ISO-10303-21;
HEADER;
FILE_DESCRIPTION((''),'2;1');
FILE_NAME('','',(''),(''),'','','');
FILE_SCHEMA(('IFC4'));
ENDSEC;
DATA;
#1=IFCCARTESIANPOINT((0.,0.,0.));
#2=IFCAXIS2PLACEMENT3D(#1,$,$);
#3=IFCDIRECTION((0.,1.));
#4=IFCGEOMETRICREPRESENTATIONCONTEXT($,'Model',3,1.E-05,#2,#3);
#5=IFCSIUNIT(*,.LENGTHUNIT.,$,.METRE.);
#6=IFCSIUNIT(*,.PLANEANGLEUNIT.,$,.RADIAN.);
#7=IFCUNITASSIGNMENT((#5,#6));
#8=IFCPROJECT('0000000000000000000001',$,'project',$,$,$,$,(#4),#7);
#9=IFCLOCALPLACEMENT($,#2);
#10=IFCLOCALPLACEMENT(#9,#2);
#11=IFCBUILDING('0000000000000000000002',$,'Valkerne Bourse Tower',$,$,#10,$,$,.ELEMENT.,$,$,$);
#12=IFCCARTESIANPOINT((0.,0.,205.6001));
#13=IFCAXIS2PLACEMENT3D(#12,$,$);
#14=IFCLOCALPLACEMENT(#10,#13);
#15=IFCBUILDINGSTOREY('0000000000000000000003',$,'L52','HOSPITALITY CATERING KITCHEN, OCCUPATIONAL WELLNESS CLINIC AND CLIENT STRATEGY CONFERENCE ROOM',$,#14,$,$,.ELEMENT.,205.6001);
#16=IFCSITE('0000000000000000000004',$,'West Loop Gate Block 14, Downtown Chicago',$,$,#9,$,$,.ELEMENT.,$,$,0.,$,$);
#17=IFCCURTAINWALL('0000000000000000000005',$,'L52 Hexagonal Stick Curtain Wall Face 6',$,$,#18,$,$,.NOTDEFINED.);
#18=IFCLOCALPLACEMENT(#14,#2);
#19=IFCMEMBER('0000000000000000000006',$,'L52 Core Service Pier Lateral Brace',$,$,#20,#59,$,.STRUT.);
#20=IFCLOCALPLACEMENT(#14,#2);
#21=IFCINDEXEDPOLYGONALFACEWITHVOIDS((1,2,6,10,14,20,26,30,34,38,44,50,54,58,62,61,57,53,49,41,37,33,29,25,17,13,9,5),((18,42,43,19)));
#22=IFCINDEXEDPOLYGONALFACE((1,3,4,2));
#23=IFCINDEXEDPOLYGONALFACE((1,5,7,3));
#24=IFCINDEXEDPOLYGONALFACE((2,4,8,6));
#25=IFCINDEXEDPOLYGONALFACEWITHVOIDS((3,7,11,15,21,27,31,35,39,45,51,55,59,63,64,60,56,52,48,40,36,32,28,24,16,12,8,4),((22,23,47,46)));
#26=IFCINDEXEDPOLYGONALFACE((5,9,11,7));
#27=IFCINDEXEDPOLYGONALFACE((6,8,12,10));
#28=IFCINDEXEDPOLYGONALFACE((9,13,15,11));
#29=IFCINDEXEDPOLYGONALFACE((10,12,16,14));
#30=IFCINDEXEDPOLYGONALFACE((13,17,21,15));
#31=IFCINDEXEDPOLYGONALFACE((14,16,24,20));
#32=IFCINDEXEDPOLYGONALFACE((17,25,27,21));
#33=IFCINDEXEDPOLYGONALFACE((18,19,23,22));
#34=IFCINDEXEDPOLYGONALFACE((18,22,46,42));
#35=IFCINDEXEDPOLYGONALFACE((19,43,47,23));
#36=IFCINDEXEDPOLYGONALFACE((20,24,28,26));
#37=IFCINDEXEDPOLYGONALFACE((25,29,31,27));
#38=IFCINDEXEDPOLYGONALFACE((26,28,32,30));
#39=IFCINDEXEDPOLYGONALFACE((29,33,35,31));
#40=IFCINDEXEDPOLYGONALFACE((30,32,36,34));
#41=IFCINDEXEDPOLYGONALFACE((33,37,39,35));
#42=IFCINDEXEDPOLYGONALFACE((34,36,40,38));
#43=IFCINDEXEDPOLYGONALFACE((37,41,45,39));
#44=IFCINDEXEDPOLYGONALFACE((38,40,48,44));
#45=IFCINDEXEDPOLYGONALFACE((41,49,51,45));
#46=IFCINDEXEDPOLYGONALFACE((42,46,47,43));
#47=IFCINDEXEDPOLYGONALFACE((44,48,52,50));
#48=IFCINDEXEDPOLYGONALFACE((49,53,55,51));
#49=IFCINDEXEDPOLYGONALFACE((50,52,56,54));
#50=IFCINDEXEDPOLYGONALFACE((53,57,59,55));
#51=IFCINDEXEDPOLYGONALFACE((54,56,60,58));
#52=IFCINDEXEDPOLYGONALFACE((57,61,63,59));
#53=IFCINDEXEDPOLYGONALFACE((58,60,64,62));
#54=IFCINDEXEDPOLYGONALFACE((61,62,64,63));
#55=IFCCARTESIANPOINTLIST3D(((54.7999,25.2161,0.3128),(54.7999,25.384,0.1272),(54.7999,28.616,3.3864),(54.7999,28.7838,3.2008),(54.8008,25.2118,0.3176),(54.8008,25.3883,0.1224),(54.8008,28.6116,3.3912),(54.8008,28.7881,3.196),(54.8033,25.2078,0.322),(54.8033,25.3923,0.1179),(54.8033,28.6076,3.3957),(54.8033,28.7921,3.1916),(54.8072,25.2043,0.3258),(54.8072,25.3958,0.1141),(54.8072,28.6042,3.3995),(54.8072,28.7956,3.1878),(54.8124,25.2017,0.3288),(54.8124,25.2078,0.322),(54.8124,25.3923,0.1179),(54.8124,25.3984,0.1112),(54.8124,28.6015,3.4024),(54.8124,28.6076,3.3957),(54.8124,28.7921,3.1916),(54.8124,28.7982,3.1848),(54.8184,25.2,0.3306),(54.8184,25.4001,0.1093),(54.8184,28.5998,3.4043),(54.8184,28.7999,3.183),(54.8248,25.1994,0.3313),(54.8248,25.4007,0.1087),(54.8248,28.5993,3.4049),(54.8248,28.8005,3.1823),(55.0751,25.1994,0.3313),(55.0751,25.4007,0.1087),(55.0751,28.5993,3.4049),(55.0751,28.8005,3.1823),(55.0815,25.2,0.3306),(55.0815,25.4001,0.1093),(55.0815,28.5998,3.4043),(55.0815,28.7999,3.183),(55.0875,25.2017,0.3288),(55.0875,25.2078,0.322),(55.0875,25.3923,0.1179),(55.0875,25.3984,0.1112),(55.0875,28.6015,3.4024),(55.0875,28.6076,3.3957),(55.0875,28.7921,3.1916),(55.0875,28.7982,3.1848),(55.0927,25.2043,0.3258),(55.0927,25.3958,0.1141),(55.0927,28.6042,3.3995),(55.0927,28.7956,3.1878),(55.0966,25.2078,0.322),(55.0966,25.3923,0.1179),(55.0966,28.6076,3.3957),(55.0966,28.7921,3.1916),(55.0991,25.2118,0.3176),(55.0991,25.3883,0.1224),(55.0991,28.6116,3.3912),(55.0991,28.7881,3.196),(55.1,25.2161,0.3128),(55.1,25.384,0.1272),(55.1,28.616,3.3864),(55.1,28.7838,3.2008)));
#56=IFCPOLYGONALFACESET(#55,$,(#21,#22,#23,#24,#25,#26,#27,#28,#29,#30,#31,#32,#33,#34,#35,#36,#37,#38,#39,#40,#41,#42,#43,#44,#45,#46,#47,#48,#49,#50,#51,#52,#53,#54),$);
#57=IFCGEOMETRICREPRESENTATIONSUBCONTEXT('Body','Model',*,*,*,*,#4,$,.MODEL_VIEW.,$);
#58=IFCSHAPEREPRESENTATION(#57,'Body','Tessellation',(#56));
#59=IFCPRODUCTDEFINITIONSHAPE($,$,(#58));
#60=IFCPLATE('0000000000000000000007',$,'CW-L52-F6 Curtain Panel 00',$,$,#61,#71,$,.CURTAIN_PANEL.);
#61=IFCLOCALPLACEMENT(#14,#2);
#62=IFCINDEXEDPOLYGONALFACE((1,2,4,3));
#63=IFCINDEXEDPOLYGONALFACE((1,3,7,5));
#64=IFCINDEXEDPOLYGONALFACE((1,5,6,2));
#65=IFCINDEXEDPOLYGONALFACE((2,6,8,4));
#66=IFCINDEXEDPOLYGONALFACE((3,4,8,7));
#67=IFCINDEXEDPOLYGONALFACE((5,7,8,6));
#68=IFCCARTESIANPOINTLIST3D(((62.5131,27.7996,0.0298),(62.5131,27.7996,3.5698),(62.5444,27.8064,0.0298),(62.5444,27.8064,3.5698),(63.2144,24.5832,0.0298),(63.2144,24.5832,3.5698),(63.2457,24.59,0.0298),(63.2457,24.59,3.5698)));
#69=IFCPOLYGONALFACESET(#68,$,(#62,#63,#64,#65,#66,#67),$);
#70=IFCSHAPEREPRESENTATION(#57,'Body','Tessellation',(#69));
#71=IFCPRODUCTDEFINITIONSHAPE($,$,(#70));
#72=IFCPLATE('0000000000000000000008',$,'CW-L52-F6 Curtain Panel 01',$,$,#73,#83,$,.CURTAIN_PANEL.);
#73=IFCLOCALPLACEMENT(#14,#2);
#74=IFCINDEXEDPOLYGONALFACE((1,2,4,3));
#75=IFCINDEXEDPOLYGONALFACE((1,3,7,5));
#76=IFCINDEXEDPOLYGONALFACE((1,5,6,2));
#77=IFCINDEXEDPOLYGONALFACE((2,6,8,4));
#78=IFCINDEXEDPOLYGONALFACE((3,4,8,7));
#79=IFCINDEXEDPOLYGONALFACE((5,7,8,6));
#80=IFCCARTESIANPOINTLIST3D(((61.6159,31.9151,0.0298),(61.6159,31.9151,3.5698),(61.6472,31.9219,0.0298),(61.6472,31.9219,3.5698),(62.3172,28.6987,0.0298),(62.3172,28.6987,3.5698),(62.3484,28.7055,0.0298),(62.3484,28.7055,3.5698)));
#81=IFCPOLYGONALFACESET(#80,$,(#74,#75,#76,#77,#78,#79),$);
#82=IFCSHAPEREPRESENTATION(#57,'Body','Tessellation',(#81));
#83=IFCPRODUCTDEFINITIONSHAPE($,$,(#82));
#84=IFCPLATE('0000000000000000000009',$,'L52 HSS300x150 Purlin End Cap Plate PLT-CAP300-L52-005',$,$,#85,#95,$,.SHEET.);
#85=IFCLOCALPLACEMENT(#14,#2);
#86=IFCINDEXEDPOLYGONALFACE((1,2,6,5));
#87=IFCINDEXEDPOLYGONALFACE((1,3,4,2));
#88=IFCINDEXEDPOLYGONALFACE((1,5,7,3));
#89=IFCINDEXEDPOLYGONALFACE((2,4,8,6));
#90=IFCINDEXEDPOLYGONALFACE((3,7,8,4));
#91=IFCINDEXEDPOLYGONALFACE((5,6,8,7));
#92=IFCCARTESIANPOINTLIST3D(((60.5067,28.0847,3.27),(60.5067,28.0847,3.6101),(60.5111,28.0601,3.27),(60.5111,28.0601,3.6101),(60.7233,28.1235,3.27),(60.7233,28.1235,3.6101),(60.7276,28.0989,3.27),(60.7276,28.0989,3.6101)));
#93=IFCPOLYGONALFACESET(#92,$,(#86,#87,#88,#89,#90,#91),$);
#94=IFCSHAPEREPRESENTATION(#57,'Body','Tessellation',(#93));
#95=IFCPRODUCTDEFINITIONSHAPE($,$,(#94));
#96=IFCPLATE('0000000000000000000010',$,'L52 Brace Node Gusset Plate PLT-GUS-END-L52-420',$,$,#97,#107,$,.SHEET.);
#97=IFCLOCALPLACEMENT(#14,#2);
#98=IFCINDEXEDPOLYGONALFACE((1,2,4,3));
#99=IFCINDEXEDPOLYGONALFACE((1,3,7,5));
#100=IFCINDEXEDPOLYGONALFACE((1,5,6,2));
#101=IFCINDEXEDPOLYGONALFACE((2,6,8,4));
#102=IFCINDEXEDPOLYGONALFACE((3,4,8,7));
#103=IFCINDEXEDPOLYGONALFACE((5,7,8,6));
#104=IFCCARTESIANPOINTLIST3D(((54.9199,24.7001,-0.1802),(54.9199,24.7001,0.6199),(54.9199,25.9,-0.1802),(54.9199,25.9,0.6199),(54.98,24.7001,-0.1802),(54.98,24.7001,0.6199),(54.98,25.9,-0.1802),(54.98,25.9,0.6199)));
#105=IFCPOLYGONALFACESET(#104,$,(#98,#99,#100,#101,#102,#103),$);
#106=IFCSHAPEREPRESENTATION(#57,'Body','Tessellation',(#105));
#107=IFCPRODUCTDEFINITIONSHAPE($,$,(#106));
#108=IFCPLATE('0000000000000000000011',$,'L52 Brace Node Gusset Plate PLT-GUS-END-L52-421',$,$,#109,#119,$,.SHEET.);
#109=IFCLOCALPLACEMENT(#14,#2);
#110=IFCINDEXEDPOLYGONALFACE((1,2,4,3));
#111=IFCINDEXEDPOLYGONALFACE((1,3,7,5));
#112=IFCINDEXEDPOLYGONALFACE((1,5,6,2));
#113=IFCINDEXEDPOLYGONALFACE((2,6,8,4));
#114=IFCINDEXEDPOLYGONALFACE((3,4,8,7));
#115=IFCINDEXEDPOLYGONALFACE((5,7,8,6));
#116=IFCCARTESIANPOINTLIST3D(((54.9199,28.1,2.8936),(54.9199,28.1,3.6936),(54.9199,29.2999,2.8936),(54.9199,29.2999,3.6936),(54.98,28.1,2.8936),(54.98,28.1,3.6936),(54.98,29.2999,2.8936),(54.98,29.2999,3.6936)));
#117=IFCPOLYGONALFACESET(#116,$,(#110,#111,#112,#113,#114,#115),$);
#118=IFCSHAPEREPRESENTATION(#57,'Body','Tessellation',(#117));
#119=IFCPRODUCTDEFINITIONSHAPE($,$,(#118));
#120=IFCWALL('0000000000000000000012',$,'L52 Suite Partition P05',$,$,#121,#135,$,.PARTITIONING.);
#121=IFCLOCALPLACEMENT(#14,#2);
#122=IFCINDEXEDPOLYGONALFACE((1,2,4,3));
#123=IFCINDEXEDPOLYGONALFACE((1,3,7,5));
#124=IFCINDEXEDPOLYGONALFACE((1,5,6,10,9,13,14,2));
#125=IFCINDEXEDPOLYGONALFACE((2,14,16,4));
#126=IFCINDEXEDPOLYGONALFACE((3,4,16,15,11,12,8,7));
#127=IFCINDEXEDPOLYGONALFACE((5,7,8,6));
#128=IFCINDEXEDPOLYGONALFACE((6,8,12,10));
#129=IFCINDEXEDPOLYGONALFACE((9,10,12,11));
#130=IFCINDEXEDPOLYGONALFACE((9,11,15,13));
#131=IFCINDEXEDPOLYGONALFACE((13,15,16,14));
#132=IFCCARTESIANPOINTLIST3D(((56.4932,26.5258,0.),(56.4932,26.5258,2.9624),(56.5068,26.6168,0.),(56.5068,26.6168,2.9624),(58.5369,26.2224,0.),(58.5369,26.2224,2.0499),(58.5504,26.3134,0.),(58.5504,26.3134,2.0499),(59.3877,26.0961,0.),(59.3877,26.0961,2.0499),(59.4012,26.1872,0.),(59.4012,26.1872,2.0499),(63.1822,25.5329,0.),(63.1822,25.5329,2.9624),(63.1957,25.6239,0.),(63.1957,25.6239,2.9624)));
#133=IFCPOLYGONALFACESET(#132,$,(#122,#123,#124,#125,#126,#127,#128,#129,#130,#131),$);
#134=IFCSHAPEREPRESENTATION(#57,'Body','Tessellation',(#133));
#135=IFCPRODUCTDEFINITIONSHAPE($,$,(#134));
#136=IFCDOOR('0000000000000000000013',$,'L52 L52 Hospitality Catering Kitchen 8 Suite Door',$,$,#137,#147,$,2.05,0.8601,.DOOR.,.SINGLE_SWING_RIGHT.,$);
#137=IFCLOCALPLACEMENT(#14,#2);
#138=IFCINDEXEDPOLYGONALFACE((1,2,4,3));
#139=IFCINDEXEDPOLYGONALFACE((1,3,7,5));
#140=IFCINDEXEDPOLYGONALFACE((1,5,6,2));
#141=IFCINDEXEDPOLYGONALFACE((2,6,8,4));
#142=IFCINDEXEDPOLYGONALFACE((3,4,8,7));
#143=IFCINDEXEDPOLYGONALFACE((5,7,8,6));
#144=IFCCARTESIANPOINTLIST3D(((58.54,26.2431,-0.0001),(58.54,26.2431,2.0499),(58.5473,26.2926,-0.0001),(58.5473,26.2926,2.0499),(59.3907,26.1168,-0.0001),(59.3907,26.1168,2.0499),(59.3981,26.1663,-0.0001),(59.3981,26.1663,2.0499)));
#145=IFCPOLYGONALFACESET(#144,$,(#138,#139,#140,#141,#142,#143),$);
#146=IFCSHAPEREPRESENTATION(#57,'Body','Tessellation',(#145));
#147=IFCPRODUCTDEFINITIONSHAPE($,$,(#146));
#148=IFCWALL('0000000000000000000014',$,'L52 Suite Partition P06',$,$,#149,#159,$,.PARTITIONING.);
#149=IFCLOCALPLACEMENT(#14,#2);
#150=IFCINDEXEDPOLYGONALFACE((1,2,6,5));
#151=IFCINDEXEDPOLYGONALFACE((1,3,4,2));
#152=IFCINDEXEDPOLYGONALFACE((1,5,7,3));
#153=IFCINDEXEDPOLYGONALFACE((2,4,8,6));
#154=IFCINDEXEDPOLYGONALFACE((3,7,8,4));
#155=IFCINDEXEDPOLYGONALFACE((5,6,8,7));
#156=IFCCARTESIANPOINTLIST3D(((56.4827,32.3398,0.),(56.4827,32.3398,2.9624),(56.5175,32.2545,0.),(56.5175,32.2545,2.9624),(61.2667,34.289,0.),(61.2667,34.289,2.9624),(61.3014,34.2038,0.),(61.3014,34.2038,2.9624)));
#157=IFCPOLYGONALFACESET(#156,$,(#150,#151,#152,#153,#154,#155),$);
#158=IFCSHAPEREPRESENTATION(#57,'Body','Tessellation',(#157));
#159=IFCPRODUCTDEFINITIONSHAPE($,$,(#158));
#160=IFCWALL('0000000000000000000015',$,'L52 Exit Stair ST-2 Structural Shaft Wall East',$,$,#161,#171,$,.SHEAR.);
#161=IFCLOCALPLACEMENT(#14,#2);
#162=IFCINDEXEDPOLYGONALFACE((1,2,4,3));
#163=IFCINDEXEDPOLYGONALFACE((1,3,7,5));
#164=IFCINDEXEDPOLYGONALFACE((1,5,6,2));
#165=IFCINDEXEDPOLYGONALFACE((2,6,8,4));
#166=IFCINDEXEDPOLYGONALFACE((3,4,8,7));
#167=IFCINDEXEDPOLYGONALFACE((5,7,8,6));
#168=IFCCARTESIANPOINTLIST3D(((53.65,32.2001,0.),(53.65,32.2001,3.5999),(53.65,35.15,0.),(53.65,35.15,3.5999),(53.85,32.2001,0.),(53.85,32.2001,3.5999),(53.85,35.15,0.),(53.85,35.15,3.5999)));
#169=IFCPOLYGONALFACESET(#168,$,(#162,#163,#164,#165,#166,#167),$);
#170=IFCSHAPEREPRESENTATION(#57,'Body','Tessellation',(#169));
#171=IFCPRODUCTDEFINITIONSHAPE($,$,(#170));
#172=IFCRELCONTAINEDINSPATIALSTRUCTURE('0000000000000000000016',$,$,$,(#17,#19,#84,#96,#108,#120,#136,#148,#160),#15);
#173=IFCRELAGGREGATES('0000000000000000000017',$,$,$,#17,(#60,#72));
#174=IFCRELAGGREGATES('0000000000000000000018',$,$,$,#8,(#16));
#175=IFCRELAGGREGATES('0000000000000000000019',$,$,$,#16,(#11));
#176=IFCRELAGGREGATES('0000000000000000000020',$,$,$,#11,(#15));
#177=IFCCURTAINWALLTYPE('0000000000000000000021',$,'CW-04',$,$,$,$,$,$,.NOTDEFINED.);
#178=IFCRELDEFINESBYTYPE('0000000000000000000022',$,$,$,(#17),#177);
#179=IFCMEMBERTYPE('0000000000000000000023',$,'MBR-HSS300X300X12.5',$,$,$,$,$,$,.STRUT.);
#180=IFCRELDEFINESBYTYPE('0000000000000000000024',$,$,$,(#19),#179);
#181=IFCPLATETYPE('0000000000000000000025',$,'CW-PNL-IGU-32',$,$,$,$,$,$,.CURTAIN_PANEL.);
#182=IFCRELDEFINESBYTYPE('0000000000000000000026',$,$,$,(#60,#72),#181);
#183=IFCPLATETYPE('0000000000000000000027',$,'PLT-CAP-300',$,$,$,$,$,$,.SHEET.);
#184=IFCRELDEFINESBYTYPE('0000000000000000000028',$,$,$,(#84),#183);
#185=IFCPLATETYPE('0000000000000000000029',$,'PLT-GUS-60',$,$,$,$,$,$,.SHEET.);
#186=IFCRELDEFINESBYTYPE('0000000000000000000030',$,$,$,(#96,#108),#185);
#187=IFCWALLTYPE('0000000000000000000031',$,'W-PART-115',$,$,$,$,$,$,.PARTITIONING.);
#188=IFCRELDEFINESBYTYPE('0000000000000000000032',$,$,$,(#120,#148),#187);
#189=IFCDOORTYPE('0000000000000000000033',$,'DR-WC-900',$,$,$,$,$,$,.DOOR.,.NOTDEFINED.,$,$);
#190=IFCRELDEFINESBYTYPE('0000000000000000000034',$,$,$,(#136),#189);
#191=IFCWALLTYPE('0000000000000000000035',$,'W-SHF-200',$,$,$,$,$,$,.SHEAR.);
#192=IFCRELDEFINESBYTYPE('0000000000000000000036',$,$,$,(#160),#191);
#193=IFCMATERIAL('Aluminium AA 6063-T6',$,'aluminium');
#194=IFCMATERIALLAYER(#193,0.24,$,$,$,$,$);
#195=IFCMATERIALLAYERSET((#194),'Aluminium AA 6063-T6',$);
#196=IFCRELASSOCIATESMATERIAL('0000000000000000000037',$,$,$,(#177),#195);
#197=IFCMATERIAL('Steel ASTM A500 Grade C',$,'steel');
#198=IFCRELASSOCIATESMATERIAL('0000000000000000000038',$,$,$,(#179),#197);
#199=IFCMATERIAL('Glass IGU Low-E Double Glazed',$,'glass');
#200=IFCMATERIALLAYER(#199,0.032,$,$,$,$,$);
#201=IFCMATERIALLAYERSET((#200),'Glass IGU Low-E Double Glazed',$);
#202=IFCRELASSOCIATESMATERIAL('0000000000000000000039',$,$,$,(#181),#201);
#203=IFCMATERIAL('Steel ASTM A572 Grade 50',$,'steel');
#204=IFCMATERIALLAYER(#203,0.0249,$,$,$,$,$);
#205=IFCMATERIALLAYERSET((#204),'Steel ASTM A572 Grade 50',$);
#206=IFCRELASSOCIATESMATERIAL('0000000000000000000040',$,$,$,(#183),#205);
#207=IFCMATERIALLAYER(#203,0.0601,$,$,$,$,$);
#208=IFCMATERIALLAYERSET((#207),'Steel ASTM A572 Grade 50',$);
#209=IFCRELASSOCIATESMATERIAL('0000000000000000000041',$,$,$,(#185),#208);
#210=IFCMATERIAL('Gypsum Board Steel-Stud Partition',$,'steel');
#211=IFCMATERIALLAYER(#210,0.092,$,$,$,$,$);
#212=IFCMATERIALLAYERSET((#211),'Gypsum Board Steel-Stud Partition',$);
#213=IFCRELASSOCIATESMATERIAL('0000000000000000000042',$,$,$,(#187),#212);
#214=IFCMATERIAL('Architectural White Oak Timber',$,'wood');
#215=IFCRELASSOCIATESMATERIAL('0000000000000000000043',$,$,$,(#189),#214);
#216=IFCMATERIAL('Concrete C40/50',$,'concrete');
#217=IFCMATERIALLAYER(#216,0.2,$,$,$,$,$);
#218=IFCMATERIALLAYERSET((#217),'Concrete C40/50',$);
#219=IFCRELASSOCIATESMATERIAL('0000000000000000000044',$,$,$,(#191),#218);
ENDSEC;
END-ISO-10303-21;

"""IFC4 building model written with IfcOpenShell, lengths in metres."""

from ifc_helpers import new_model, si_unit, direction, frame, frame_2d, origin, origin_2d, place, context, subcontext, project, spatial, rectangle, hollow_rectangle, extrude, material, layer, layer_set, material_profile, profile_set, type_object, element, fill, aggregate, save


model = new_model("IFC4")

# Units and contexts
model_context = context("Model", 3, precision=1e-05, world=origin(), true_north=direction((0.0, 1.0)))
body_context = subcontext(model_context, "Body", "Model", "MODEL_VIEW")
ifc_project = project(units=[si_unit("LENGTHUNIT", "METRE"), si_unit("PLANEANGLEUNIT", "RADIAN")], contexts=[model_context])

# Site, building, storey
site_placement = place(None, origin())
site = spatial("IfcSite", under=ifc_project, at=site_placement, Name="West Loop Gate Block 14, Downtown Chicago", CompositionType="ELEMENT", RefElevation=0.0)
building_placement = place(site_placement, origin())
building = spatial("IfcBuilding", under=site, at=building_placement, Name="Valkerne Bourse Tower", CompositionType="ELEMENT")
storey_placement = place(building_placement, frame((0.0, 0.0, 205.6001)))
storey = spatial("IfcBuildingStorey", under=building, at=storey_placement, Name="L52", Description="HOSPITALITY CATERING KITCHEN, OCCUPATIONAL WELLNESS CLINIC AND CLIENT STRATEGY CONFERENCE ROOM", CompositionType="ELEMENT", Elevation=205.6001)

# Curtain wall
ifc_material_1 = material(Name="Aluminium AA 6063-T6", Category="aluminium")
ifc_layer_1 = layer(ifc_material_1, 0.24)
ifc_layer_set_1 = layer_set([ifc_layer_1], Name="Aluminium AA 6063-T6")
curtain_wall_type = type_object("IfcCurtainWallType", Name="CW-04", PredefinedType="NOTDEFINED", material=ifc_layer_set_1)
curtain_wall_placement = place(storey_placement, origin())
curtain_wall = element("IfcCurtainWall", 1, at=curtain_wall_placement, inside=storey, type_object=curtain_wall_type, Name="L52 Hexagonal Stick Curtain Wall Face 6", PredefinedType="NOTDEFINED")

# Member
ifc_material_2 = material(Name="Steel ASTM A500 Grade C", Category="steel")
ifc_material_profile_1 = material_profile(ifc_material_2, hollow_rectangle(XDim=0.3, YDim=0.3, WallThickness=0.0125, OuterFilletRadius=0.0249, at=origin_2d()), Name="HSS300X300X12.5")
ifc_profile_set_1 = profile_set([ifc_material_profile_1], Name="Steel ASTM A500 Grade C")
member_type_1 = type_object("IfcMemberType", Name="MBR-HSS300X300X12.5", PredefinedType="STRUT", material=ifc_profile_set_1)
member_1_placement = place(storey_placement, frame((54.95, 25.3, 0.22), z_axis=(0.0, 0.741793, 0.670629), x_axis=(-1.0, 0.0, 0.0)))
element("IfcMember", 2, at=member_1_placement, inside=storey, type_object=member_type_1, Name="L52 Core Service Pier Lateral Brace", PredefinedType="STRUT", context=body_context, shape_type="SweptSolid", body=[
    extrude(hollow_rectangle(XDim=0.3, YDim=0.3, WallThickness=0.0125, OuterFilletRadius=0.0249, at=origin_2d()), origin(), (0.0, 0.0, 1.0), 4.5833),
])

# Plates
ifc_material_3 = material(Name="Glass IGU Low-E Double Glazed", Category="glass")
ifc_layer_2 = layer(ifc_material_3, 0.032)
ifc_layer_set_2 = layer_set([ifc_layer_2], Name="Glass IGU Low-E Double Glazed")
plate_type_1 = type_object("IfcPlateType", Name="CW-PNL-IGU-32", PredefinedType="CURTAIN_PANEL", material=ifc_layer_set_2)
plate_1_placement = place(storey_placement, frame((62.8794, 26.1948, 0.0298), z_axis=(0.0, 0.0, 1.0), x_axis=(-0.213035, 0.977045, 0.0)))
plate_1 = element("IfcPlate", 3, at=plate_1_placement, type_object=plate_type_1, Name="CW-L52-F6 Curtain Panel 00", PredefinedType="CURTAIN_PANEL", context=body_context, shape_type="SweptSolid", body=[
    extrude(rectangle(XDim=3.292, YDim=0.032, at=origin_2d()), origin(), (0.0, 0.0, 1.0), 3.54),
])
plate_2_placement = place(storey_placement, frame((61.9822, 30.3103, 0.0298), z_axis=(0.0, 0.0, 1.0), x_axis=(-0.21303, 0.977046, 0.0)))
plate_2 = element("IfcPlate", 4, at=plate_2_placement, type_object=plate_type_1, Name="CW-L52-F6 Curtain Panel 01", PredefinedType="CURTAIN_PANEL", context=body_context, shape_type="SweptSolid", body=[
    extrude(rectangle(XDim=3.292, YDim=0.032, at=origin_2d()), origin(), (0.0, 0.0, 1.0), 3.54),
])
aggregate(curtain_wall, [plate_1, plate_2])

# Plates
ifc_material_4 = material(Name="Steel ASTM A572 Grade 50", Category="steel")
ifc_layer_3 = layer(ifc_material_4, 0.0249)
ifc_layer_set_3 = layer_set([ifc_layer_3], Name="Steel ASTM A572 Grade 50")
plate_type_2 = type_object("IfcPlateType", Name="PLT-CAP-300", PredefinedType="SHEET", material=ifc_layer_set_3)
plate_3_placement = place(storey_placement, frame((60.6172, 28.0918, 3.27), z_axis=(0.0, 0.0, 1.0), x_axis=(-0.176398, 0.984319, 0.0)))
element("IfcPlate", 5, at=plate_3_placement, inside=storey, type_object=plate_type_2, Name="L52 HSS300x150 Purlin End Cap Plate PLT-CAP300-L52-005", PredefinedType="SHEET", context=body_context, shape_type="SweptSolid", body=[
    extrude(rectangle(XDim=0.0249, YDim=0.22, at=origin_2d()), origin(), (0.0, 0.0, 1.0), 0.3401),
])
ifc_layer_4 = layer(ifc_material_4, 0.0601)
ifc_layer_set_4 = layer_set([ifc_layer_4], Name="Steel ASTM A572 Grade 50")
plate_type_3 = type_object("IfcPlateType", Name="PLT-GUS-60", PredefinedType="SHEET", material=ifc_layer_set_4)
for number, where, z_axis, x_axis, name in (
    (6, (54.95, 25.3, -0.1802), (0.0, 0.0, 1.0), (0.0, 1.0, 0.0), "L52 Brace Node Gusset Plate PLT-GUS-END-L52-420"),
    (7, (54.95, 28.7, 2.8936), (0.0, 0.0, 1.0), (0.0, 1.0, 0.0), "L52 Brace Node Gusset Plate PLT-GUS-END-L52-421"),
):
    element("IfcPlate", number, at=place(storey_placement, frame(where, z_axis=z_axis, x_axis=x_axis)), inside=storey, type_object=plate_type_3, Name=name, PredefinedType="SHEET", context=body_context, shape_type="SweptSolid", body=[
        extrude(rectangle(XDim=1.2, YDim=0.0601, at=origin_2d()), origin(), (0.0, 0.0, 1.0), 0.8),
    ])

# Wall, opening, door
ifc_material_5 = material(Name="Gypsum Board Steel-Stud Partition", Category="steel")
ifc_layer_5 = layer(ifc_material_5, 0.092)
ifc_layer_set_5 = layer_set([ifc_layer_5], Name="Gypsum Board Steel-Stud Partition")
wall_type_1 = type_object("IfcWallType", Name="W-PART-115", PredefinedType="PARTITIONING", material=ifc_layer_set_5)
wall_1_placement = place(storey_placement, frame((56.5, 26.5713, 0.0), z_axis=(0.0, 0.0, 1.0), x_axis=(0.989161, -0.146833, 0.0)))
wall_1 = element("IfcWall", 8, at=wall_1_placement, inside=storey, type_object=wall_type_1, Name="L52 Suite Partition P05", PredefinedType="PARTITIONING", context=body_context, shape_type="SweptSolid", body=[
    extrude(rectangle(XDim=6.7622, YDim=0.092, at=frame_2d((3.3811, 0.0))), origin(), (0.0, 0.0, 1.0), 2.9624),
])
opening_1_placement = place(wall_1_placement, frame((2.0659, 0.0, 0.0)))
opening_1 = element("IfcOpeningElement", 9, at=opening_1_placement, cuts=wall_1, PredefinedType="OPENING", context=body_context, shape_type="SweptSolid", body=[
    extrude(rectangle(XDim=0.8601, YDim=2.05, at=frame_2d((0.4302, 1.0249))), frame((0.0, 0.0559, 0.0), z_axis=(0.0, -1.0, 0.0), x_axis=(1.0, 0.0, 0.0)), (0.0, 0.0, 1.0), 0.1121),
])
ifc_material_6 = material(Name="Architectural White Oak Timber", Category="wood")
door_type_1 = type_object("IfcDoorType", Name="DR-WC-900", OperationType="NOTDEFINED", PredefinedType="DOOR", material=ifc_material_6)
door_1_placement = place(opening_1_placement, origin())
door_1 = element("IfcDoor", 10, at=door_1_placement, inside=storey, type_object=door_type_1, Name="L52 L52 Hospitality Catering Kitchen 8 Suite Door", OperationType="SINGLE_SWING_RIGHT", OverallHeight=2.05, OverallWidth=0.8601, PredefinedType="DOOR", context=body_context, shape_type="SweptSolid", body=[
    extrude(rectangle(XDim=0.8601, YDim=2.05, at=frame_2d((0.4302, 1.0249))), frame((0.0, 0.0249, 0.0), z_axis=(0.0, -1.0, 0.0), x_axis=(1.0, 0.0, 0.0)), (0.0, 0.0, 1.0), 0.05),
])
fill(opening_1, door_1)

# Walls
wall_2_placement = place(storey_placement, frame((56.5, 32.2971, 0.0), z_axis=(0.0, 0.0, 1.0), x_axis=(0.926078, 0.377331, 0.0)))
element("IfcWall", 11, at=wall_2_placement, inside=storey, type_object=wall_type_1, Name="L52 Suite Partition P06", PredefinedType="PARTITIONING", context=body_context, shape_type="SweptSolid", body=[
    extrude(rectangle(XDim=5.1658, YDim=0.092, at=frame_2d((2.583, 0.0))), origin(), (0.0, 0.0, 1.0), 2.9624),
])
ifc_material_7 = material(Name="Concrete C40/50", Category="concrete")
ifc_layer_6 = layer(ifc_material_7, 0.2)
ifc_layer_set_6 = layer_set([ifc_layer_6], Name="Concrete C40/50")
wall_type_2 = type_object("IfcWallType", Name="W-SHF-200", PredefinedType="SHEAR", material=ifc_layer_set_6)
wall_3_placement = place(storey_placement, frame((53.75, 32.2, 0.0), z_axis=(0.0, 0.0, 1.0), x_axis=(0.0, 1.0, 0.0)))
element("IfcWall", 12, at=wall_3_placement, inside=storey, type_object=wall_type_2, Name="L52 Exit Stair ST-2 Structural Shaft Wall East", PredefinedType="SHEAR", context=body_context, shape_type="SweptSolid", body=[
    extrude(rectangle(XDim=2.95, YDim=0.2, at=frame_2d((1.4751, 0.0))), origin(), (0.0, 0.0, 1.0), 3.5999),
])

save(model, "model.ifc")
